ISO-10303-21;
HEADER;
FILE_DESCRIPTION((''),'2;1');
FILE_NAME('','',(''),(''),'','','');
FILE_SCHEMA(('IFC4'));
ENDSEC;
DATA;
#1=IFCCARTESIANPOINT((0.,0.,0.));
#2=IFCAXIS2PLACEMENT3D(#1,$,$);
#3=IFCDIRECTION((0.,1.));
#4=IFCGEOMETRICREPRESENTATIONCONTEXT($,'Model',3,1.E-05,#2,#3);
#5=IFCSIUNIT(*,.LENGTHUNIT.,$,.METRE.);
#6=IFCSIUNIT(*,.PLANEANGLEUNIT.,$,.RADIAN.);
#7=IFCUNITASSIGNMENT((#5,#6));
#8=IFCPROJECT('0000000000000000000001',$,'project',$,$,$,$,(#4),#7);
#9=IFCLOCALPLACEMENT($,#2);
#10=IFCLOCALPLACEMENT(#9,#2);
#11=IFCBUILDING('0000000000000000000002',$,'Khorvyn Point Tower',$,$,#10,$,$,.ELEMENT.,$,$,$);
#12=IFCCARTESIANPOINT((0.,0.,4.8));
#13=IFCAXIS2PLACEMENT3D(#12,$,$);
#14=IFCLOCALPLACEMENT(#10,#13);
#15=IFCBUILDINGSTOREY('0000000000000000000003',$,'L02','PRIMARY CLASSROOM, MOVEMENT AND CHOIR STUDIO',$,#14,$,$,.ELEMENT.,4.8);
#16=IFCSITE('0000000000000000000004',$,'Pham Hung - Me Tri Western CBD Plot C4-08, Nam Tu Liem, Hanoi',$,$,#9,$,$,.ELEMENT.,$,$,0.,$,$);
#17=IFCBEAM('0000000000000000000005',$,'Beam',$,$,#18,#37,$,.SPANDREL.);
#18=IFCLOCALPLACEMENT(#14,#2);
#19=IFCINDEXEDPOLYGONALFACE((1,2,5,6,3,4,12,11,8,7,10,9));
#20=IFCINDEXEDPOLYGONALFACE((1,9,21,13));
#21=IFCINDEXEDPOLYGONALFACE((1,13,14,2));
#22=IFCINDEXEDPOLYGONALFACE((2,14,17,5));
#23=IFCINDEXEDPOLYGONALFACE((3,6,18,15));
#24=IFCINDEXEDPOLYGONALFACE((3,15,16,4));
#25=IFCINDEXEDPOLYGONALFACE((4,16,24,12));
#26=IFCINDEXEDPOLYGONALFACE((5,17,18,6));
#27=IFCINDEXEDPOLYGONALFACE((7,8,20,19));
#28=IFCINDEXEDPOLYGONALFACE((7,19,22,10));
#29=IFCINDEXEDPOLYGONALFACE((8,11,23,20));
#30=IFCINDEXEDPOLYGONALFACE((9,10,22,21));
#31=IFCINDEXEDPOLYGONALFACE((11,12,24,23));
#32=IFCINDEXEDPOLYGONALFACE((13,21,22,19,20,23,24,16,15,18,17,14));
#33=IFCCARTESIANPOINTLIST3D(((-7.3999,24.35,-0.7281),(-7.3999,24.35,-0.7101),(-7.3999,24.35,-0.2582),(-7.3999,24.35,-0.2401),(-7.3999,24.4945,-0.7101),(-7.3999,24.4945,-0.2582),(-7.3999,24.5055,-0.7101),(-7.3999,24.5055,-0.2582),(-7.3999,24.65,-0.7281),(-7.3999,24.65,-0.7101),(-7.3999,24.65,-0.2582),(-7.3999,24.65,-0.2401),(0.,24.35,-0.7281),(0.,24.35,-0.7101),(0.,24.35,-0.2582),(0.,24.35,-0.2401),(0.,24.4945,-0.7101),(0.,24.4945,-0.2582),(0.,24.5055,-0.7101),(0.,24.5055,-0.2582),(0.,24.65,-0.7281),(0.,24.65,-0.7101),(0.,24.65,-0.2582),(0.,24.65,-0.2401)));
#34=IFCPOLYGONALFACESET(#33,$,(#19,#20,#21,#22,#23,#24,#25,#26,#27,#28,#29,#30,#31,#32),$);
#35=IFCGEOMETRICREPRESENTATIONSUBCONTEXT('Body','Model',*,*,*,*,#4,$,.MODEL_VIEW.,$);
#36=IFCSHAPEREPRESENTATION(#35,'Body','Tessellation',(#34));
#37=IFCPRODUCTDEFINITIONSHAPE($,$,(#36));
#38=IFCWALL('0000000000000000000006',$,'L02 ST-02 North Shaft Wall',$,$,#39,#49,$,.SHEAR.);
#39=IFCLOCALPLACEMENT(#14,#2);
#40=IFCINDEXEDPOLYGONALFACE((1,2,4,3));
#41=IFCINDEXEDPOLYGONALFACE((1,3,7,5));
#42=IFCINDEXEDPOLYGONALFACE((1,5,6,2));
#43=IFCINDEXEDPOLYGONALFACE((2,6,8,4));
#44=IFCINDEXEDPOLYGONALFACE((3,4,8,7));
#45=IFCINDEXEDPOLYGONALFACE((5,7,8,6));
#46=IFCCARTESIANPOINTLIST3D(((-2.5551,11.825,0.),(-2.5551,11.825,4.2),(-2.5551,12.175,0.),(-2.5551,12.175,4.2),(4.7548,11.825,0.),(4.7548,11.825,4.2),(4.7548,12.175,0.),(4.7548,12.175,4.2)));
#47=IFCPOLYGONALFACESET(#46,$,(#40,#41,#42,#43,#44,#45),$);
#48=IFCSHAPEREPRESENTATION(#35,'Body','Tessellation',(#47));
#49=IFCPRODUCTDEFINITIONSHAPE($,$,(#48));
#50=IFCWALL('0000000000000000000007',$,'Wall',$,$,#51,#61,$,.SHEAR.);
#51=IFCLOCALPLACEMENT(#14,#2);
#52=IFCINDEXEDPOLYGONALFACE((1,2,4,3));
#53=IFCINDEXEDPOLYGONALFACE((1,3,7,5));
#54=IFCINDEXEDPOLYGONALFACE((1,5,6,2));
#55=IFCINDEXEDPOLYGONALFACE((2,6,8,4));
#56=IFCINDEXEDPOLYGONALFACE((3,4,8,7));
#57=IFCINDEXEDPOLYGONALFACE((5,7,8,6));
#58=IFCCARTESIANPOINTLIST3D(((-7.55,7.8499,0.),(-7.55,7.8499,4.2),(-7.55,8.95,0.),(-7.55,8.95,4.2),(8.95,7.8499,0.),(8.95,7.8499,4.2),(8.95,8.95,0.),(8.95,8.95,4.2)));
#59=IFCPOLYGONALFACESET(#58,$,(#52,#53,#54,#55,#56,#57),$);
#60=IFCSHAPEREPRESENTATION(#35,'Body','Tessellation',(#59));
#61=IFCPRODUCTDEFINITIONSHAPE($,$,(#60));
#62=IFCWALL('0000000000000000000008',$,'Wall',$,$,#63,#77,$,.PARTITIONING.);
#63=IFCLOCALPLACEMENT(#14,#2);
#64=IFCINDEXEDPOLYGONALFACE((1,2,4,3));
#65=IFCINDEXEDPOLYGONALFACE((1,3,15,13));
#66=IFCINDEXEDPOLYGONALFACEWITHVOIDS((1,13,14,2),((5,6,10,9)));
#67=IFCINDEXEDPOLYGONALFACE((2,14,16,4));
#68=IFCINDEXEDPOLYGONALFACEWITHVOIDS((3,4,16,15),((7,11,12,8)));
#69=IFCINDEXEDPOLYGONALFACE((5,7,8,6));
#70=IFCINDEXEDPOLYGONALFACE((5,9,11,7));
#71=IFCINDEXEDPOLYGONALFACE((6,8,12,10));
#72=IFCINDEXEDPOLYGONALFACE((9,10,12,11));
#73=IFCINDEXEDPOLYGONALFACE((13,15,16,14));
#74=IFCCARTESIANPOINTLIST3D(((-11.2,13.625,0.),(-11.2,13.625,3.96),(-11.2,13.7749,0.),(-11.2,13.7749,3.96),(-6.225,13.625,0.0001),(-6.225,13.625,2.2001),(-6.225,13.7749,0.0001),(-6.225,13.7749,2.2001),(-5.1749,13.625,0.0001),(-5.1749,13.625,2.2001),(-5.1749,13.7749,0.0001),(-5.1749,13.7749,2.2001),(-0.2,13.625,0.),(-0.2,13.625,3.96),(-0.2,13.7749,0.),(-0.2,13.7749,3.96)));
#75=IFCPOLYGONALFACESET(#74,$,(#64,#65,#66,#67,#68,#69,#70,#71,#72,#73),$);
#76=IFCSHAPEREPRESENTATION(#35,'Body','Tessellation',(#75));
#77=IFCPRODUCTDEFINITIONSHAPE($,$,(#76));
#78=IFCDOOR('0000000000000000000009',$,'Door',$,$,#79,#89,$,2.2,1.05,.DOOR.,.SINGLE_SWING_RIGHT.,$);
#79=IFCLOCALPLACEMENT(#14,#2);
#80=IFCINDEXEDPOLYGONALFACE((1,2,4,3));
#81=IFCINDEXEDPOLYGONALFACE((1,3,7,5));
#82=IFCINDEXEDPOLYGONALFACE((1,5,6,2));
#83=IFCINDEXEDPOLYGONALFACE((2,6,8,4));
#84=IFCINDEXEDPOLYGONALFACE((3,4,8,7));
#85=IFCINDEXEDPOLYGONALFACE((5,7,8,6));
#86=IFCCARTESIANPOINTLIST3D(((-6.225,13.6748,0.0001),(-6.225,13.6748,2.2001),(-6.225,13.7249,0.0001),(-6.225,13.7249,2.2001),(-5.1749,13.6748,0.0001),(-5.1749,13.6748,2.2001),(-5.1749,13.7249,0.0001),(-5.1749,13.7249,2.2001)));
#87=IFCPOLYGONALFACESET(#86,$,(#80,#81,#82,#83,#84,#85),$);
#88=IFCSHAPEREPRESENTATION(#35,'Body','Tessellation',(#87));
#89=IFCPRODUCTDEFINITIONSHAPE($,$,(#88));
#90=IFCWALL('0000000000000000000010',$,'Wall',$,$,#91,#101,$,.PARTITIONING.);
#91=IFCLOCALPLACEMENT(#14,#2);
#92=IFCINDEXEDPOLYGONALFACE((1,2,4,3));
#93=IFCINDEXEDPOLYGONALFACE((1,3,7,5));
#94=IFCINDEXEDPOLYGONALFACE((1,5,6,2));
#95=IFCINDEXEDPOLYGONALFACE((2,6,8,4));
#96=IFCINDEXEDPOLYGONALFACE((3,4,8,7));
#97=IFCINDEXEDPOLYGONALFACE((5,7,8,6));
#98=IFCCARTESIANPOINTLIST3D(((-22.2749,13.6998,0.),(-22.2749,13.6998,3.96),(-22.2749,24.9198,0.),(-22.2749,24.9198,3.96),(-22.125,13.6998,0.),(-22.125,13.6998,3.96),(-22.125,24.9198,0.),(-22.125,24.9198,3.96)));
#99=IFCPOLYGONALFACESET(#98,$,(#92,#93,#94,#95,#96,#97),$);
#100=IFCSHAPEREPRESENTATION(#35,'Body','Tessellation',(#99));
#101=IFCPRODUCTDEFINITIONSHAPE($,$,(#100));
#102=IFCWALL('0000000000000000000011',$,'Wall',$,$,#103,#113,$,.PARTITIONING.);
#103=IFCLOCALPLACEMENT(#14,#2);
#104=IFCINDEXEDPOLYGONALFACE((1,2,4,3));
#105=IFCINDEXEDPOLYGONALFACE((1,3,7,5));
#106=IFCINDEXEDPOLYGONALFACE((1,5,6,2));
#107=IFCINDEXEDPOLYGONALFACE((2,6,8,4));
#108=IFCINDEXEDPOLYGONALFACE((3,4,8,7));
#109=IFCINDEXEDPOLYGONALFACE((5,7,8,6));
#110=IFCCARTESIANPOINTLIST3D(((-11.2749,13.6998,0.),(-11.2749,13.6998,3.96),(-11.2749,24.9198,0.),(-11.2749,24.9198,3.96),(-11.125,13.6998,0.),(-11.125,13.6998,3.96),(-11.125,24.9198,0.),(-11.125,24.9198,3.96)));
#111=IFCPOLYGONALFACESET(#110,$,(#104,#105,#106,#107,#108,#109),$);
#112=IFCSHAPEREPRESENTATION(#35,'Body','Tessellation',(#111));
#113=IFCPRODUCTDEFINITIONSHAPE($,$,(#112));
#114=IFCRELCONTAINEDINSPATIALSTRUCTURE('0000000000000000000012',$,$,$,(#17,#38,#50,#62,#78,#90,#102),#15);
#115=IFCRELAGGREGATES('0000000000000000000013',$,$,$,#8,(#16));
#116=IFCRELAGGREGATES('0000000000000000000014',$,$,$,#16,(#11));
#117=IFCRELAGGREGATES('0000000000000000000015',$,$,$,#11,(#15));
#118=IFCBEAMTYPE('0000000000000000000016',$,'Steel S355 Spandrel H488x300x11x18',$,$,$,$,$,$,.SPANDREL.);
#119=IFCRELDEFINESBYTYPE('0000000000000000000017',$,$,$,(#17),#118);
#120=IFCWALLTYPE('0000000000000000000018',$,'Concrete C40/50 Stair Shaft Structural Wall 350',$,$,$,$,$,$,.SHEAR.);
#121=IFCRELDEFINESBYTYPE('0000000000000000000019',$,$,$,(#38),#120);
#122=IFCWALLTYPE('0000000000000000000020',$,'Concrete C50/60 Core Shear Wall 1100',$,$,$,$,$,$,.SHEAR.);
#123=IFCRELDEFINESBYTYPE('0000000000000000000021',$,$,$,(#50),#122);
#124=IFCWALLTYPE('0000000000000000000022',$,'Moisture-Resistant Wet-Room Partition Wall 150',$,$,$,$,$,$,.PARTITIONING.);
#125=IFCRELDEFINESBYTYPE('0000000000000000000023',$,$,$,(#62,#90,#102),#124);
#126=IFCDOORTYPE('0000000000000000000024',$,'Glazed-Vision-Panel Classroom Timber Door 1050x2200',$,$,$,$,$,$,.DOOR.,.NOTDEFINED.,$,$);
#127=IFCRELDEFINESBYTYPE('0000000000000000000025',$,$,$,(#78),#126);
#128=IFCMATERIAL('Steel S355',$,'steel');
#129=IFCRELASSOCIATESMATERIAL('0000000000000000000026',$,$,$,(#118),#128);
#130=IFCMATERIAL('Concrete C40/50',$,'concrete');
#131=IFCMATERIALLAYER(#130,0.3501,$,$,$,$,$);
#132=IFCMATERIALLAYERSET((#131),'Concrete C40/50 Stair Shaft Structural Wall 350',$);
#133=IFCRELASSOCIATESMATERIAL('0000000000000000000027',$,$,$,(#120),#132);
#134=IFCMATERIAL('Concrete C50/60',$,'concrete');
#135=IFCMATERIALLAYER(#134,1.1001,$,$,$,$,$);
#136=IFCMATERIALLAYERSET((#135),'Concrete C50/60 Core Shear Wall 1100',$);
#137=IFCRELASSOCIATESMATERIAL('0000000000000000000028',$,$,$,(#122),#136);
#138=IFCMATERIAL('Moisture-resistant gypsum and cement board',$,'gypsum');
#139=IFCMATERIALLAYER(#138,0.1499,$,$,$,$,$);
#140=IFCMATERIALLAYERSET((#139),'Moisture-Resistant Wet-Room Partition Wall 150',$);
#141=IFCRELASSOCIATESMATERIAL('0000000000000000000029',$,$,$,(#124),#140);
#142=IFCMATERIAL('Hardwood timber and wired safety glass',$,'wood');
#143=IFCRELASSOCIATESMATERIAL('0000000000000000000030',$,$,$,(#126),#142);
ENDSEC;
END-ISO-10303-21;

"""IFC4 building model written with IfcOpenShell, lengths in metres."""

from ifc_helpers import new_model, si_unit, direction, frame, frame_2d, origin, origin_2d, place, context, subcontext, project, spatial, rectangle, i_section, extrude, material, layer, layer_set, material_profile, profile_set, type_object, element, fill, save


model = new_model("IFC4")

# Units and contexts
model_context = context("Model", 3, precision=1e-05, world=origin(), true_north=direction((0.0, 1.0)))
body_context = subcontext(model_context, "Body", "Model", "MODEL_VIEW")
ifc_project = project(units=[si_unit("LENGTHUNIT", "METRE"), si_unit("PLANEANGLEUNIT", "RADIAN")], contexts=[model_context])

# Site, building, storey
site_placement = place(None, origin())
site = spatial("IfcSite", under=ifc_project, at=site_placement, Name="Pham Hung - Me Tri Western CBD Plot C4-08, Nam Tu Liem, Hanoi", CompositionType="ELEMENT", RefElevation=0.0)
building_placement = place(site_placement, origin())
building = spatial("IfcBuilding", under=site, at=building_placement, Name="Khorvyn Point Tower", CompositionType="ELEMENT")
storey_placement = place(building_placement, frame((0.0, 0.0, 4.8)))
storey = spatial("IfcBuildingStorey", under=building, at=storey_placement, Name="L02", Description="PRIMARY CLASSROOM, MOVEMENT AND CHOIR STUDIO", CompositionType="ELEMENT", Elevation=4.8)

# Shared definitions
ifc_material_1 = material(Name="Concrete C40/50", Category="concrete")
ifc_material_2 = material(Name="Concrete C50/60", Category="concrete")

# Beam
ifc_material_3 = material(Name="Steel S355", Category="steel")
ifc_material_profile_1 = material_profile(ifc_material_3, i_section(OverallWidth=0.3, OverallDepth=0.488, WebThickness=0.011, FlangeThickness=0.0181, at=origin_2d()))
ifc_profile_set_1 = profile_set([ifc_material_profile_1], Name="Steel S355 H488x300x11x18")
beam_type_1 = type_object("IfcBeamType", Name="Steel S355 Spandrel H488x300x11x18", PredefinedType="SPANDREL", material=ifc_profile_set_1)
beam_1_placement = place(storey_placement, frame((-7.3999, 24.5, -0.4841), z_axis=(1.0, 0.0, 0.0), x_axis=(0.0, 1.0, 0.0)))
element("IfcBeam", 1, at=beam_1_placement, inside=storey, type_object=beam_type_1, Name="Beam", PredefinedType="SPANDREL", context=body_context, shape_type="SweptSolid", body=[
    extrude(i_section(OverallWidth=0.3, OverallDepth=0.488, WebThickness=0.011, FlangeThickness=0.0181, at=origin_2d()), origin(), (0.0, 0.0, 1.0), 7.3999),
])

# Walls
ifc_layer_1 = layer(ifc_material_1, 0.3501)
ifc_layer_set_1 = layer_set([ifc_layer_1], Name="Concrete C40/50 Stair Shaft Structural Wall 350")
wall_type_1 = type_object("IfcWallType", Name="Concrete C40/50 Stair Shaft Structural Wall 350", PredefinedType="SHEAR", material=ifc_layer_set_1)
wall_1_placement = place(storey_placement, frame((-2.5549, 12.0, 0.0), z_axis=(0.0, 0.0, 1.0), x_axis=(1.0, 0.0, 0.0)))
element("IfcWall", 2, at=wall_1_placement, inside=storey, type_object=wall_type_1, Name="L02 ST-02 North Shaft Wall", PredefinedType="SHEAR", context=body_context, shape_type="SweptSolid", body=[
    extrude(rectangle(XDim=7.3098, YDim=0.3501, at=frame_2d((3.6548, 0.0))), origin(), (0.0, 0.0, 1.0), 4.2),
])
ifc_layer_2 = layer(ifc_material_2, 1.1001)
ifc_layer_set_2 = layer_set([ifc_layer_2], Name="Concrete C50/60 Core Shear Wall 1100")
wall_type_2 = type_object("IfcWallType", Name="Concrete C50/60 Core Shear Wall 1100", PredefinedType="SHEAR", material=ifc_layer_set_2)
wall_2_placement = place(storey_placement, frame((-7.55, 8.3999, 0.0), z_axis=(0.0, 0.0, 1.0), x_axis=(1.0, 0.0, 0.0)))
element("IfcWall", 3, at=wall_2_placement, inside=storey, type_object=wall_type_2, Name="Wall", PredefinedType="SHEAR", context=body_context, shape_type="SweptSolid", body=[
    extrude(rectangle(XDim=16.5, YDim=1.1001, at=frame_2d((8.25, 0.0))), origin(), (0.0, 0.0, 1.0), 4.2),
])

# Wall, opening, door
ifc_material_4 = material(Name="Moisture-resistant gypsum and cement board", Category="gypsum")
ifc_layer_3 = layer(ifc_material_4, 0.1499)
ifc_layer_set_3 = layer_set([ifc_layer_3], Name="Moisture-Resistant Wet-Room Partition Wall 150")
wall_type_3 = type_object("IfcWallType", Name="Moisture-Resistant Wet-Room Partition Wall 150", PredefinedType="PARTITIONING", material=ifc_layer_set_3)
wall_3_placement = place(storey_placement, frame((-11.2, 13.7, 0.0), z_axis=(0.0, 0.0, 1.0), x_axis=(1.0, 0.0, 0.0)))
wall_3 = element("IfcWall", 4, at=wall_3_placement, inside=storey, type_object=wall_type_3, Name="Wall", PredefinedType="PARTITIONING", context=body_context, shape_type="SweptSolid", body=[
    extrude(rectangle(XDim=11.0, YDim=0.1499, at=frame_2d((5.5, 0.0))), origin(), (0.0, 0.0, 1.0), 3.96),
])
opening_1_placement = place(wall_3_placement, frame((4.9751, 0.0, 0.0)))
opening_1 = element("IfcOpeningElement", 5, at=opening_1_placement, cuts=wall_3, PredefinedType="OPENING", context=body_context, shape_type="SweptSolid", body=[
    extrude(rectangle(XDim=1.05, YDim=2.2, at=frame_2d((0.5249, 1.1001))), frame((0.0, 0.085, 0.0), z_axis=(0.0, -1.0, 0.0), x_axis=(1.0, 0.0, 0.0)), (0.0, 0.0, 1.0), 0.1699),
])
ifc_material_5 = material(Name="Hardwood timber and wired safety glass", Category="wood")
door_type_1 = type_object("IfcDoorType", Name="Glazed-Vision-Panel Classroom Timber Door 1050x2200", OperationType="NOTDEFINED", PredefinedType="DOOR", material=ifc_material_5)
door_1_placement = place(opening_1_placement, origin())
door_1 = element("IfcDoor", 6, at=door_1_placement, inside=storey, type_object=door_type_1, Name="Door", OperationType="SINGLE_SWING_RIGHT", OverallHeight=2.2, OverallWidth=1.05, PredefinedType="DOOR", context=body_context, shape_type="SweptSolid", body=[
    extrude(rectangle(XDim=1.05, YDim=2.2, at=frame_2d((0.5249, 1.1001))), frame((0.0, 0.0249, 0.0), z_axis=(0.0, -1.0, 0.0), x_axis=(1.0, 0.0, 0.0)), (0.0, 0.0, 1.0), 0.05),
])
fill(opening_1, door_1)

# Walls
for number, where, z_axis, x_axis, name in (
    (7, (-22.2, 13.7, 0.0), (0.0, 0.0, 1.0), (0.0, 1.0, 0.0), "Wall"),
    (8, (-11.2, 13.7, 0.0), (0.0, 0.0, 1.0), (0.0, 1.0, 0.0), "Wall"),
):
    element("IfcWall", number, at=place(storey_placement, frame(where, z_axis=z_axis, x_axis=x_axis)), inside=storey, type_object=wall_type_3, Name=name, PredefinedType="PARTITIONING", context=body_context, shape_type="SweptSolid", body=[
        extrude(rectangle(XDim=11.22, YDim=0.1499, at=frame_2d((5.6099, 0.0))), origin(), (0.0, 0.0, 1.0), 3.96),
    ])

save(model, "model.ifc")
